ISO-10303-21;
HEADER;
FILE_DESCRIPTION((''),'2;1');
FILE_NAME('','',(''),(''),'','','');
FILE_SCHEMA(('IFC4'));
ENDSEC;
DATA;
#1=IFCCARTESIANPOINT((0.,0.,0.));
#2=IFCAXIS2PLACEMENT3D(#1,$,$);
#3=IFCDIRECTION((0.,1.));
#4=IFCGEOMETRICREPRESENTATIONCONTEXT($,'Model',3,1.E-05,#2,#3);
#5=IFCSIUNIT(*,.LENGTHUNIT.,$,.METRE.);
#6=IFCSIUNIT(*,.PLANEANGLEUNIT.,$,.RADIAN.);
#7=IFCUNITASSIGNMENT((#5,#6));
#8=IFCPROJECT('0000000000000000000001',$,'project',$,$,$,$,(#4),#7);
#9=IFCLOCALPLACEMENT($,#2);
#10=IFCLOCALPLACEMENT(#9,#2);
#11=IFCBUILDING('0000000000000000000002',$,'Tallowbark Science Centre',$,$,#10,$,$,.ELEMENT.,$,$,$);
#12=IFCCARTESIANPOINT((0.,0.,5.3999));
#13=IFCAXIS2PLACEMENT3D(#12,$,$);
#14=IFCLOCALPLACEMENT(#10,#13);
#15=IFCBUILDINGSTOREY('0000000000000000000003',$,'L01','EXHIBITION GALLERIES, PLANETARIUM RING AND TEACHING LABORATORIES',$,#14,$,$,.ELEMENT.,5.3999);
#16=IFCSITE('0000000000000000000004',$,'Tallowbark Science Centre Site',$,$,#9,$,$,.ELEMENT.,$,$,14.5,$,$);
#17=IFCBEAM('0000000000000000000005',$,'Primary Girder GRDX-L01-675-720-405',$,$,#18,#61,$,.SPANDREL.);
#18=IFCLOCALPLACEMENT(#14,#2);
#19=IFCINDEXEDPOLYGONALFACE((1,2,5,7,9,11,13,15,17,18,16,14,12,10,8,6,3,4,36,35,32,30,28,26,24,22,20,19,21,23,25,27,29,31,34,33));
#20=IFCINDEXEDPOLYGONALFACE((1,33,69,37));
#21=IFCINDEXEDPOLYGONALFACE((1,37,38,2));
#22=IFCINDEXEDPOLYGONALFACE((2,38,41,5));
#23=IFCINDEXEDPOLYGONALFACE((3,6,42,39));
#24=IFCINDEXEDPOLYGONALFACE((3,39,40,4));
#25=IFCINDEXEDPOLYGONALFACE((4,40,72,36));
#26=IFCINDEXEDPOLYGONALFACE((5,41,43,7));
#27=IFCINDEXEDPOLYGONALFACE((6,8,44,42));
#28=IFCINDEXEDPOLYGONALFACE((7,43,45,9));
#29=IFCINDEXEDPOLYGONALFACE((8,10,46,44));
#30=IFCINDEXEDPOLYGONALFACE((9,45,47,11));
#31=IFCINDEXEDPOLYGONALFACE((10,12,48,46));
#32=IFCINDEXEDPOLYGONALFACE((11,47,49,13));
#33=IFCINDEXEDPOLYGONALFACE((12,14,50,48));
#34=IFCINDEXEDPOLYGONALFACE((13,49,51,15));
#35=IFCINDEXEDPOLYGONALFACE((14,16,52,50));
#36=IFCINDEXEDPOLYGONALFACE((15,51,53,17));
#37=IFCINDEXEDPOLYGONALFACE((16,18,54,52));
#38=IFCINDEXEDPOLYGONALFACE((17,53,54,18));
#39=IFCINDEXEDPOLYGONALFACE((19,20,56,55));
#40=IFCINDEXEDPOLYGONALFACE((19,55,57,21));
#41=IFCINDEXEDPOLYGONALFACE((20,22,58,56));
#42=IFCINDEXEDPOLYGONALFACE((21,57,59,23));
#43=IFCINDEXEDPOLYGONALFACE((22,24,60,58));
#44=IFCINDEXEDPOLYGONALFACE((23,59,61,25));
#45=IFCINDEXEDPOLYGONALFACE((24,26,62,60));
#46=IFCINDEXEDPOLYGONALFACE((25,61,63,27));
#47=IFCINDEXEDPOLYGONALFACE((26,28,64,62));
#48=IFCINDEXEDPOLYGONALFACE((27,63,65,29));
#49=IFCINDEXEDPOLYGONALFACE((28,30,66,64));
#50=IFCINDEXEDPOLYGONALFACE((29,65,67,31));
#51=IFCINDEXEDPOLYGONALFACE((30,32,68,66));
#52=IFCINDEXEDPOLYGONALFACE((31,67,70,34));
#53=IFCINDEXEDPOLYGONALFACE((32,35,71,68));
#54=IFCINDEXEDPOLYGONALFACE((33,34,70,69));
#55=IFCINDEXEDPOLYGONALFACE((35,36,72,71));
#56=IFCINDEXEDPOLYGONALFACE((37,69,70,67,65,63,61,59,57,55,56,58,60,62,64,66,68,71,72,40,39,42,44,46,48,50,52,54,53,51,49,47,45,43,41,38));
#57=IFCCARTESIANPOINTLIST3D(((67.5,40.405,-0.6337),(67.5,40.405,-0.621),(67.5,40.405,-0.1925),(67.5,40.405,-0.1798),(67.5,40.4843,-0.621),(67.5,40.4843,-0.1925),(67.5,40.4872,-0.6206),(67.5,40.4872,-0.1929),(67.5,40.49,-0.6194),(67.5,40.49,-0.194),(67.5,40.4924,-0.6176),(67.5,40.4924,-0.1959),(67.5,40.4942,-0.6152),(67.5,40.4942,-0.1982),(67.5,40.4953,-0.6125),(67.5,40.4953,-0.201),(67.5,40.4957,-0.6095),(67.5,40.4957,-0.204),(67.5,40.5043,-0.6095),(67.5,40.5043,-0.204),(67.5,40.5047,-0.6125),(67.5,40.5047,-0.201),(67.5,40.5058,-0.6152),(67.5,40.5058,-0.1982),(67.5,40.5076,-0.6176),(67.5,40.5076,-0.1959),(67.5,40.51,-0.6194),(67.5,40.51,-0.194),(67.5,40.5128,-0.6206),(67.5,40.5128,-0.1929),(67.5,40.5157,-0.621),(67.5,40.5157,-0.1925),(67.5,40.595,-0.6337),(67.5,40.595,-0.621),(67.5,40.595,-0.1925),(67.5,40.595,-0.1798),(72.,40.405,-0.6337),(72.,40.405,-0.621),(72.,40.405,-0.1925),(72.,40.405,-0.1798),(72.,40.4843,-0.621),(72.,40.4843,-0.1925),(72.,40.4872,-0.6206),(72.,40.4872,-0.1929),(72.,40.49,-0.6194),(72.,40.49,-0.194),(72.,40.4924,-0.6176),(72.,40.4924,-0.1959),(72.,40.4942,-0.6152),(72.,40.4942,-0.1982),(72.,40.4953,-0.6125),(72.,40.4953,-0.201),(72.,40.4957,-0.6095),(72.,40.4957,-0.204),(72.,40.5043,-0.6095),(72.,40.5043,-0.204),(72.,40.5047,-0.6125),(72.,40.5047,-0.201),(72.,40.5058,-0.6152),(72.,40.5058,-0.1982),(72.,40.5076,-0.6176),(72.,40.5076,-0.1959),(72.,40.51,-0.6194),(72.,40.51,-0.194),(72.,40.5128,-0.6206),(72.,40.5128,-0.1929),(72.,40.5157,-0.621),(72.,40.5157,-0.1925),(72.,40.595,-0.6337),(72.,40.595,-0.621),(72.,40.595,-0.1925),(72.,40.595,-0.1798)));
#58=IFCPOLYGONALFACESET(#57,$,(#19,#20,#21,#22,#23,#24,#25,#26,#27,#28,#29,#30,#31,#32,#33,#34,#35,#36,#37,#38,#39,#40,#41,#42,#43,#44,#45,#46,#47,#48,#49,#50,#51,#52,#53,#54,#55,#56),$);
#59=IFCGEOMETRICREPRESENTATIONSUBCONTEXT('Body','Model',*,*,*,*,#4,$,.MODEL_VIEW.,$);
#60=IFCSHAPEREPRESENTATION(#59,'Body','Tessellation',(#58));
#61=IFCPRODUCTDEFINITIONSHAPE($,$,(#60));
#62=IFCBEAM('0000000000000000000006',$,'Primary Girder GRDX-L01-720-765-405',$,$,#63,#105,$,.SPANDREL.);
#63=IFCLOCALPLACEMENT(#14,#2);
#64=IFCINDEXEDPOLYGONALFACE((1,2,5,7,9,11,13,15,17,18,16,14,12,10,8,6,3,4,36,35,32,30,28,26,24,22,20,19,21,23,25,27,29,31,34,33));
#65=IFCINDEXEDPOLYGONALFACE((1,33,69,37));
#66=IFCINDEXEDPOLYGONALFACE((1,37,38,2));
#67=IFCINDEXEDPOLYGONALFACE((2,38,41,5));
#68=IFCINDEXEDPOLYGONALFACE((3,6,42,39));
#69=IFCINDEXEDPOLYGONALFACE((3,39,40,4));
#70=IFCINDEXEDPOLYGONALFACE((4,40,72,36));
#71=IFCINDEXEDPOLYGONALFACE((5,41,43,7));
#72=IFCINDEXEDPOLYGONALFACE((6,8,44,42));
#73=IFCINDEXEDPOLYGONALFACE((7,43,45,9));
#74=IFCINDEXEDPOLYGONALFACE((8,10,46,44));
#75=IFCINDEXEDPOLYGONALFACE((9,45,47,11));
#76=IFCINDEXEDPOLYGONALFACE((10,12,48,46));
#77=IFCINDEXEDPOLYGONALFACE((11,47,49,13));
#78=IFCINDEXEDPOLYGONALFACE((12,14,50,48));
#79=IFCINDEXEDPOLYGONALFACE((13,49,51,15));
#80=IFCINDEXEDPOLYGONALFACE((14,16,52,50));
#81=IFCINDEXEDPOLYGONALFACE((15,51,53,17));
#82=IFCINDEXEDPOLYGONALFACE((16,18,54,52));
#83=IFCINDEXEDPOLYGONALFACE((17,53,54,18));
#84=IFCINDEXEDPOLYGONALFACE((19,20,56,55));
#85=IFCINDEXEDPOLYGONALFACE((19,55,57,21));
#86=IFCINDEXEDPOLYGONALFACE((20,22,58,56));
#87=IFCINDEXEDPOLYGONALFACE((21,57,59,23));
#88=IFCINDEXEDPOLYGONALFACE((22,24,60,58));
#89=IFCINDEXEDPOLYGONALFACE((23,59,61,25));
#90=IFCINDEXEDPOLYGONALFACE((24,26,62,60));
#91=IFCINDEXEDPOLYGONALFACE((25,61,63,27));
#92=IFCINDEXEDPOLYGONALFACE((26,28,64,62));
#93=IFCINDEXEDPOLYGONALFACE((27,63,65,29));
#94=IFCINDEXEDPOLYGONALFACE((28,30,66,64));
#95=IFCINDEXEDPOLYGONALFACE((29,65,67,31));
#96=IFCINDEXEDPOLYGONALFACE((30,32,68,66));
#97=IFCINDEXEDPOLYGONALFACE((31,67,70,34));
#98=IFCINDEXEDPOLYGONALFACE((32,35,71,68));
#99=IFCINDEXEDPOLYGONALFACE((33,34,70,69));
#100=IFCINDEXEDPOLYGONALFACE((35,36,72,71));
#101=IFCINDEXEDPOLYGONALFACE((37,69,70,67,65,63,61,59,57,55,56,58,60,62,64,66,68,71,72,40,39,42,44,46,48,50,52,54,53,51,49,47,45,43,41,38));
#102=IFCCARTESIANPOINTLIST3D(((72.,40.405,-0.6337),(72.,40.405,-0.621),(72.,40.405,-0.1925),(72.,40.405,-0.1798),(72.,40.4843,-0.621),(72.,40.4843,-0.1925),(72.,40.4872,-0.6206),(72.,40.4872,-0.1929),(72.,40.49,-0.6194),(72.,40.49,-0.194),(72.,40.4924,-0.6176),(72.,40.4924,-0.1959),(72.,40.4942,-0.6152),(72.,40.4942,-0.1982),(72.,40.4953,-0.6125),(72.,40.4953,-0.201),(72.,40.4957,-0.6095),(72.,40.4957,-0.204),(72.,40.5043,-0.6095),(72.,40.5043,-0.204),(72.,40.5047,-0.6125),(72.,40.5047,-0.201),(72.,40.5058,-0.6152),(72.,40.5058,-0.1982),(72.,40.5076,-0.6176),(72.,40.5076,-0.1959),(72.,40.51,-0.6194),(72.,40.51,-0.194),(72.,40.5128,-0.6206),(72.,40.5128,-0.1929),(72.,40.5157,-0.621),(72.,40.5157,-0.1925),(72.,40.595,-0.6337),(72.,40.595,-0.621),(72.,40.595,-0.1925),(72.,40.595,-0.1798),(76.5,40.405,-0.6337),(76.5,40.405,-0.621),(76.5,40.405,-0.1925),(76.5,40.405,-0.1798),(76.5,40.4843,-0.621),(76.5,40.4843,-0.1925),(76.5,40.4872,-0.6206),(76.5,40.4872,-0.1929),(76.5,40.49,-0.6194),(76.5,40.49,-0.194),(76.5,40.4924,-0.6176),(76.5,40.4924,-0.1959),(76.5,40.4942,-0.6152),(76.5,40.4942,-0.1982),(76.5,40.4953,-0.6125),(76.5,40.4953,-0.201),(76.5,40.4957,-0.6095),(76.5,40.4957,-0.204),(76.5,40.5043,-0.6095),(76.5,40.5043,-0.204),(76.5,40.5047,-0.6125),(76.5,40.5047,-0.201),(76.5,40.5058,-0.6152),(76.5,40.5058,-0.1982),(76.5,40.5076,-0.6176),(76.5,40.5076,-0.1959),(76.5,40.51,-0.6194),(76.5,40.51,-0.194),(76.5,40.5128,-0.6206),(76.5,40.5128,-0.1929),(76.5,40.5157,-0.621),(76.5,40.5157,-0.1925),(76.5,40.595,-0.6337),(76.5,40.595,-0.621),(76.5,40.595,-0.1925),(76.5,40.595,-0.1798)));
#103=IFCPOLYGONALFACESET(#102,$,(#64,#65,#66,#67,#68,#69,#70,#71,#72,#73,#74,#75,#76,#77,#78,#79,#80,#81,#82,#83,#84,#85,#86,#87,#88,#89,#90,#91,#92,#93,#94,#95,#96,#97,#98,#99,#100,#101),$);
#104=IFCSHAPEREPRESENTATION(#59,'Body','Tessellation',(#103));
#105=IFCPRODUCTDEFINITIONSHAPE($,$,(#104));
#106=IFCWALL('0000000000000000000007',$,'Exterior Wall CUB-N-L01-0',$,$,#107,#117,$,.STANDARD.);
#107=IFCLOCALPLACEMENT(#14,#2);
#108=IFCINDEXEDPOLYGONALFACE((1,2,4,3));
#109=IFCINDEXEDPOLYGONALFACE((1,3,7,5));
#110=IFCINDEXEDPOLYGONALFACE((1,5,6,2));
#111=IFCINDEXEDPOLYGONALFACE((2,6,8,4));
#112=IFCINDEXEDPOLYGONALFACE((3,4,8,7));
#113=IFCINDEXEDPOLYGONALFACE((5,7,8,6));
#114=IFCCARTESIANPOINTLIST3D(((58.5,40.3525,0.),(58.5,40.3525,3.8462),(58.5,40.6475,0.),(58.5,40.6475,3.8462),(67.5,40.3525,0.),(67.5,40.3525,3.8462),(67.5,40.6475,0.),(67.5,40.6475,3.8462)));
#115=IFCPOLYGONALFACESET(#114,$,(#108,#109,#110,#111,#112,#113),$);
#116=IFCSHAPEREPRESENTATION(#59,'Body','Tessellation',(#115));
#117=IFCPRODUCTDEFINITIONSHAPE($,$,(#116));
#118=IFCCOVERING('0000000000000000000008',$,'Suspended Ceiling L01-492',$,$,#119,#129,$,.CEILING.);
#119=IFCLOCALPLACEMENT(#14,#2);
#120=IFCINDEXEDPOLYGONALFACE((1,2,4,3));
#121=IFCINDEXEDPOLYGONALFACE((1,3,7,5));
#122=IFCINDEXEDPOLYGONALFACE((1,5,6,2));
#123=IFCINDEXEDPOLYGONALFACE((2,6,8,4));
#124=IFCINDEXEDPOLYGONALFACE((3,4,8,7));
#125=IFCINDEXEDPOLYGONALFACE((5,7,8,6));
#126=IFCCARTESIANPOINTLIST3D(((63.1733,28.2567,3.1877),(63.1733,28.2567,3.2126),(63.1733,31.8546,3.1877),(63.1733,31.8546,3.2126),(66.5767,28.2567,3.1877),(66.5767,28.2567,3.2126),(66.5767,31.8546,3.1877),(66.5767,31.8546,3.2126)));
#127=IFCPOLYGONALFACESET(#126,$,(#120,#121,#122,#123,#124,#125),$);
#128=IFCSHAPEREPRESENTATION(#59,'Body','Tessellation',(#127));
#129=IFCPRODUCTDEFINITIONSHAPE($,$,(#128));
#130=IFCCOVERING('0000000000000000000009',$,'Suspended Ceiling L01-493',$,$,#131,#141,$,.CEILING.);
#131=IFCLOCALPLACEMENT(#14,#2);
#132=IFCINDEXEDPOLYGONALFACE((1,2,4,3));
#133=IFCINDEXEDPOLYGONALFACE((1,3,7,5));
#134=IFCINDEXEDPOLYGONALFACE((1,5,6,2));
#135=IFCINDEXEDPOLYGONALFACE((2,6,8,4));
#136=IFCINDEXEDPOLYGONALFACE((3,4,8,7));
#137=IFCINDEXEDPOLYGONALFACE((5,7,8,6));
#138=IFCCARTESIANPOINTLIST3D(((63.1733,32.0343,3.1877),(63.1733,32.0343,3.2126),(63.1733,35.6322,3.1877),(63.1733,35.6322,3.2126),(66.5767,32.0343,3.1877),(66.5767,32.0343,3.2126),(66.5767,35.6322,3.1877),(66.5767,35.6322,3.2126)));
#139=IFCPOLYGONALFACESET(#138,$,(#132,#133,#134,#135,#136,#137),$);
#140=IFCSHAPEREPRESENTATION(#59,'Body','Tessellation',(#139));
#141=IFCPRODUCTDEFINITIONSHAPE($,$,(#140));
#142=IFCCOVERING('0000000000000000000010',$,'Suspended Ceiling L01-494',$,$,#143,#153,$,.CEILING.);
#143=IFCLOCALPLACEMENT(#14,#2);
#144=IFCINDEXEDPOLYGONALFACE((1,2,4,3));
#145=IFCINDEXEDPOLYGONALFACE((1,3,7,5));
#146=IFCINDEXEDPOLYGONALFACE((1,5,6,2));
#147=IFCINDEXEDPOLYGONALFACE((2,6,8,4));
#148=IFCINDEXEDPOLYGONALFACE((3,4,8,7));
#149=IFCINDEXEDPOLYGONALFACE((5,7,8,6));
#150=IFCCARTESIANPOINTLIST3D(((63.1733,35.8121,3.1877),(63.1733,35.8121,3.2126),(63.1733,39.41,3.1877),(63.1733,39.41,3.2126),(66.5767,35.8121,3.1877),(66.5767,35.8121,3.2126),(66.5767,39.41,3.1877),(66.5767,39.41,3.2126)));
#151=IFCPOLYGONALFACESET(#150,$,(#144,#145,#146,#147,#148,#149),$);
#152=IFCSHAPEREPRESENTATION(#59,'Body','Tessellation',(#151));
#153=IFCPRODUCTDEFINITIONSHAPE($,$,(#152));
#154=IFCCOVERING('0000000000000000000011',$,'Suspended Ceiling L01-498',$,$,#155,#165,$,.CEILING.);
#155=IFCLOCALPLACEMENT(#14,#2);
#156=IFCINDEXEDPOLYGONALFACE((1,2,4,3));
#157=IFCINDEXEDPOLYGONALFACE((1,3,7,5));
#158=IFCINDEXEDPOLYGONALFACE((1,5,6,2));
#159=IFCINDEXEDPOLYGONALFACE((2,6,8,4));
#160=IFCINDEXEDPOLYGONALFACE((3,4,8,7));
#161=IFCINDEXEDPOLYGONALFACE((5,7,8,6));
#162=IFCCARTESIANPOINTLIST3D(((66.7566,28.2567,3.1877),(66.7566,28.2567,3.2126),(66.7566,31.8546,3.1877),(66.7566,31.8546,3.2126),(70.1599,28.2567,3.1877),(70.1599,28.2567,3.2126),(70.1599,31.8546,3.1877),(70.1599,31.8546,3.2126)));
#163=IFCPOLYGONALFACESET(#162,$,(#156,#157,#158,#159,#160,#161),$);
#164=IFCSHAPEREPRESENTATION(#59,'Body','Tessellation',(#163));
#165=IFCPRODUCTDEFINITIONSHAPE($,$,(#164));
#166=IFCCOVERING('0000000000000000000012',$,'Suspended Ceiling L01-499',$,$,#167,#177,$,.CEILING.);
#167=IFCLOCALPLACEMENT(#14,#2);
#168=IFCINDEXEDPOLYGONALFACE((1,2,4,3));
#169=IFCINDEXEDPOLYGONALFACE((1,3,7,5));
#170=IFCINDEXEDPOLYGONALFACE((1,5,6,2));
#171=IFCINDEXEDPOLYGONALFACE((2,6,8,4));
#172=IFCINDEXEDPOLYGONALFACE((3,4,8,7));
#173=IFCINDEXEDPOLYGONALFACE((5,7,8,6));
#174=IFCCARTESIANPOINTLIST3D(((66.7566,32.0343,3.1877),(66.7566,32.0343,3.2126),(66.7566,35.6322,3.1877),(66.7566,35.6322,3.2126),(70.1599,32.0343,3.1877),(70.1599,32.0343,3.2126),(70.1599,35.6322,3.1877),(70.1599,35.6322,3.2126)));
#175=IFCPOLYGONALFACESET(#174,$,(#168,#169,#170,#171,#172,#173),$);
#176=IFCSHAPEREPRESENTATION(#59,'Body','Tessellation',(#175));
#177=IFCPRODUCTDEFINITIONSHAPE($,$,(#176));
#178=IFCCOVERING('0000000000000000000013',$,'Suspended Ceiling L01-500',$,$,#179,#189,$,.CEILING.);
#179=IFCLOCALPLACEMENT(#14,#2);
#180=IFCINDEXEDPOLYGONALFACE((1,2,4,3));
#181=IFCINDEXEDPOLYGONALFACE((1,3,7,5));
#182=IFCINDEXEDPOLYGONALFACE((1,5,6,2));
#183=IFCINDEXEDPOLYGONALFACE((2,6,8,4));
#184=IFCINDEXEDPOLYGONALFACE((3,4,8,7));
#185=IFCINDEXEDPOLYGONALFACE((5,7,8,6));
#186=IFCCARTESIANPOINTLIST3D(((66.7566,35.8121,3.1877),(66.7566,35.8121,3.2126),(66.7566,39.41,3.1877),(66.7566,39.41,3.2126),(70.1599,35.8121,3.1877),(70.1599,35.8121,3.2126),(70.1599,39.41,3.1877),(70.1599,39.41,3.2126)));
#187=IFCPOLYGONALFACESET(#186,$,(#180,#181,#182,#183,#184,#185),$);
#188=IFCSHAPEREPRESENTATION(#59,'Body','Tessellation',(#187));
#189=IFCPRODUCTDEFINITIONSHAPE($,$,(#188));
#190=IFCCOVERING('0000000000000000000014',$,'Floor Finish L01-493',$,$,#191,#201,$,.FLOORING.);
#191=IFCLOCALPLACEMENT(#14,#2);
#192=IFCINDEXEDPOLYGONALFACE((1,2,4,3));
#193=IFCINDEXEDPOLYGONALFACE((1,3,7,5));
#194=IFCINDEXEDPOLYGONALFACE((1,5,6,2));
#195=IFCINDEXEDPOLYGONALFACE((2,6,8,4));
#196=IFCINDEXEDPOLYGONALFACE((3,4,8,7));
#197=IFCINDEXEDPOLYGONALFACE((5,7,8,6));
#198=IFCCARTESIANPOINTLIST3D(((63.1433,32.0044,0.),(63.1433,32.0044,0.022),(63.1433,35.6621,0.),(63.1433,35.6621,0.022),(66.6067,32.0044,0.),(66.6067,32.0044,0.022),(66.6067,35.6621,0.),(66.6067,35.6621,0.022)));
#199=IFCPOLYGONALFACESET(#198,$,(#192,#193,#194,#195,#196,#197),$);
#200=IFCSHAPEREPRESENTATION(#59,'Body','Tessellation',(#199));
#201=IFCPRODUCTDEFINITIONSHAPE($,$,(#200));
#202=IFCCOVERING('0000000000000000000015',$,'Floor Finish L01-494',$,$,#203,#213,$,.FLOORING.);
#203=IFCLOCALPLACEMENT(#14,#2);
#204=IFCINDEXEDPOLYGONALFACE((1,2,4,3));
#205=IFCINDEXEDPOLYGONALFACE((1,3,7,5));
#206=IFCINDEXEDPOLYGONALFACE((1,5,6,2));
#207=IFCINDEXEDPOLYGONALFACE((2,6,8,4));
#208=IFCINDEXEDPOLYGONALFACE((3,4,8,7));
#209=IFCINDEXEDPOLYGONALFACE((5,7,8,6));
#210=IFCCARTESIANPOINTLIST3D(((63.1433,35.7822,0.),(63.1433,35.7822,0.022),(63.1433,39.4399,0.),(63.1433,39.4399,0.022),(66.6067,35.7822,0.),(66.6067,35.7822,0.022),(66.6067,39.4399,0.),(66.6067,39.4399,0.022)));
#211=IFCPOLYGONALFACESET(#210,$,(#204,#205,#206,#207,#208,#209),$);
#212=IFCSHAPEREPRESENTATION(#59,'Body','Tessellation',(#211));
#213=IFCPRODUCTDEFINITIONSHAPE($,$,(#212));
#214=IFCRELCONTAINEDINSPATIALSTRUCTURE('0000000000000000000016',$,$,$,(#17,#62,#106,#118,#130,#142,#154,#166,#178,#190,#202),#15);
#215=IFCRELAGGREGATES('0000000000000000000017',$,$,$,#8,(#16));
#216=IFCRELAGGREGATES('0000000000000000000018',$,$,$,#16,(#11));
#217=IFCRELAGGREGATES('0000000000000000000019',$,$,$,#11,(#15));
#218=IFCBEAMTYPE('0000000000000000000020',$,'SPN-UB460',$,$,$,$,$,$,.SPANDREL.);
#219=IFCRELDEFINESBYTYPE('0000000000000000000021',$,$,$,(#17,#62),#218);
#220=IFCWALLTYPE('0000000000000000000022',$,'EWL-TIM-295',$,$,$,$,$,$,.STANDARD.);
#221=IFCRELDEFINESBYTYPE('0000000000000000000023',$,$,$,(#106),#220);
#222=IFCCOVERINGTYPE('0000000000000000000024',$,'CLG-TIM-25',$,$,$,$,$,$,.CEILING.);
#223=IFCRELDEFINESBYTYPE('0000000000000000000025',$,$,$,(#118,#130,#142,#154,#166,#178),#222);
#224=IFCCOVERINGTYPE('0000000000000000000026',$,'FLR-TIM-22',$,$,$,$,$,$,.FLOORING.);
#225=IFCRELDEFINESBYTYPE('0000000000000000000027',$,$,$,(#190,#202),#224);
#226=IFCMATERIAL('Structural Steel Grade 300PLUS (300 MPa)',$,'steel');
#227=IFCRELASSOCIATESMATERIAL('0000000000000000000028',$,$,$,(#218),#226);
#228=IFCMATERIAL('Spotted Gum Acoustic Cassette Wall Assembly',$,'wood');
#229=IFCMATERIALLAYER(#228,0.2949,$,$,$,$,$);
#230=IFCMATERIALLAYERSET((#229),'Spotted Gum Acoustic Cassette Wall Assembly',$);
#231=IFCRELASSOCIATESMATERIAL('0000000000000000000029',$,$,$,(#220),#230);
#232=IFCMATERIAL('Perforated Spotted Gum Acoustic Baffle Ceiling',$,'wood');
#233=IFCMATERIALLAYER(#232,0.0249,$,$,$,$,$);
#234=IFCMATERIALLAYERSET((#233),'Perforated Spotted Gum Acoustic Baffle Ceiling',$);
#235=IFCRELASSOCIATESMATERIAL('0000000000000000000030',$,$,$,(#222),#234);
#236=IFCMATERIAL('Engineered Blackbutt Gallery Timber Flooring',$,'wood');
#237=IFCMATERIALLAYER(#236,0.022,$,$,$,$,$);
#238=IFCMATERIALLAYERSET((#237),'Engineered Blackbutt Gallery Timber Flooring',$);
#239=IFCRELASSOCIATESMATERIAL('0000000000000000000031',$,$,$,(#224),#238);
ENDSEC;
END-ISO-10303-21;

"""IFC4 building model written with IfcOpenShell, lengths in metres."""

from ifc_helpers import new_model, si_unit, direction, frame, frame_2d, origin, origin_2d, place, context, subcontext, project, spatial, rectangle, i_section, extrude, material, layer, layer_set, material_profile, profile_set, type_object, element, save


model = new_model("IFC4")

# Units and contexts
model_context = context("Model", 3, precision=1e-05, world=origin(), true_north=direction((0.0, 1.0)))
body_context = subcontext(model_context, "Body", "Model", "MODEL_VIEW")
ifc_project = project(units=[si_unit("LENGTHUNIT", "METRE"), si_unit("PLANEANGLEUNIT", "RADIAN")], contexts=[model_context])

# Site, building, storey
site_placement = place(None, origin())
site = spatial("IfcSite", under=ifc_project, at=site_placement, Name="Tallowbark Science Centre Site", CompositionType="ELEMENT", RefElevation=14.5)
building_placement = place(site_placement, origin())
building = spatial("IfcBuilding", under=site, at=building_placement, Name="Tallowbark Science Centre", CompositionType="ELEMENT")
storey_placement = place(building_placement, frame((0.0, 0.0, 5.3999)))
storey = spatial("IfcBuildingStorey", under=building, at=storey_placement, Name="L01", Description="EXHIBITION GALLERIES, PLANETARIUM RING AND TEACHING LABORATORIES", CompositionType="ELEMENT", Elevation=5.3999)

# Shared definitions
ifc_material_1 = material(Name="Structural Steel Grade 300PLUS (300 MPa)", Category="steel")

# Beams
ifc_material_profile_1 = material_profile(ifc_material_1, i_section(OverallWidth=0.1899, OverallDepth=0.4539, WebThickness=0.0085, FlangeThickness=0.0127, FilletRadius=0.0115, at=origin_2d()), Name="460UB67.1")
ifc_profile_set_1 = profile_set([ifc_material_profile_1], Name="Structural Steel Grade 300PLUS (300 MPa)")
beam_type_1 = type_object("IfcBeamType", Name="SPN-UB460", PredefinedType="SPANDREL", material=ifc_profile_set_1)
for number, where, z_axis, x_axis, name in (
    (1, (67.5, 40.5, -0.4067), (1.0, 0.0, 0.0), (0.0, 1.0, 0.0), "Primary Girder GRDX-L01-675-720-405"),
    (2, (72.0, 40.5, -0.4067), (1.0, 0.0, 0.0), (0.0, 1.0, 0.0), "Primary Girder GRDX-L01-720-765-405"),
):
    element("IfcBeam", number, at=place(storey_placement, frame(where, z_axis=z_axis, x_axis=x_axis)), inside=storey, type_object=beam_type_1, Name=name, PredefinedType="SPANDREL", context=body_context, shape_type="SweptSolid", body=[
        extrude(i_section(OverallWidth=0.1899, OverallDepth=0.4539, WebThickness=0.0085, FlangeThickness=0.0127, FilletRadius=0.0115, at=origin_2d()), origin(), (0.0, 0.0, 1.0), 4.5),
    ])

# Wall
ifc_material_2 = material(Name="Spotted Gum Acoustic Cassette Wall Assembly", Category="wood")
ifc_layer_1 = layer(ifc_material_2, 0.2949)
ifc_layer_set_1 = layer_set([ifc_layer_1], Name="Spotted Gum Acoustic Cassette Wall Assembly")
wall_type = type_object("IfcWallType", Name="EWL-TIM-295", PredefinedType="STANDARD", material=ifc_layer_set_1)
wall_placement = place(storey_placement, frame((67.5, 40.5, 0.0), z_axis=(0.0, 0.0, 1.0), x_axis=(-1.0, 0.0, 0.0)))
element("IfcWall", 3, at=wall_placement, inside=storey, type_object=wall_type, Name="Exterior Wall CUB-N-L01-0", PredefinedType="STANDARD", context=body_context, shape_type="SweptSolid", body=[
    extrude(rectangle(XDim=9.0, YDim=0.2949, at=frame_2d((4.5, 0.0))), origin(), (0.0, 0.0, 1.0), 3.8462),
])

# Coverings
ifc_material_3 = material(Name="Perforated Spotted Gum Acoustic Baffle Ceiling", Category="wood")
ifc_layer_2 = layer(ifc_material_3, 0.0249)
ifc_layer_set_2 = layer_set([ifc_layer_2], Name="Perforated Spotted Gum Acoustic Baffle Ceiling")
covering_type_1 = type_object("IfcCoveringType", Name="CLG-TIM-25", PredefinedType="CEILING", material=ifc_layer_set_2)
for number, where, z_axis, x_axis, name in (
    (4, (64.875, 30.0557, 3.1877), (0.0, 0.0, 1.0), (1.0, 0.0, 0.0), "Suspended Ceiling L01-492"),
    (5, (64.875, 33.8333, 3.1877), (0.0, 0.0, 1.0), (1.0, 0.0, 0.0), "Suspended Ceiling L01-493"),
    (6, (64.875, 37.6111, 3.1877), (0.0, 0.0, 1.0), (1.0, 0.0, 0.0), "Suspended Ceiling L01-494"),
    (7, (68.4583, 30.0557, 3.1877), (0.0, 0.0, 1.0), (1.0, 0.0, 0.0), "Suspended Ceiling L01-498"),
    (8, (68.4583, 33.8333, 3.1877), (0.0, 0.0, 1.0), (1.0, 0.0, 0.0), "Suspended Ceiling L01-499"),
    (9, (68.4583, 37.6111, 3.1877), (0.0, 0.0, 1.0), (1.0, 0.0, 0.0), "Suspended Ceiling L01-500"),
):
    element("IfcCovering", number, at=place(storey_placement, frame(where, z_axis=z_axis, x_axis=x_axis)), inside=storey, type_object=covering_type_1, Name=name, PredefinedType="CEILING", context=body_context, shape_type="SweptSolid", body=[
        extrude(rectangle(XDim=3.4033, YDim=3.5979, at=origin_2d()), origin(), (0.0, 0.0, 1.0), 0.0249),
    ])
ifc_material_4 = material(Name="Engineered Blackbutt Gallery Timber Flooring", Category="wood")
ifc_layer_3 = layer(ifc_material_4, 0.022)
ifc_layer_set_3 = layer_set([ifc_layer_3], Name="Engineered Blackbutt Gallery Timber Flooring")
covering_type_2 = type_object("IfcCoveringType", Name="FLR-TIM-22", PredefinedType="FLOORING", material=ifc_layer_set_3)
for number, where, z_axis, x_axis, name in (
    (10, (64.875, 33.8333, 0.0), (0.0, 0.0, 1.0), (1.0, 0.0, 0.0), "Floor Finish L01-493"),
    (11, (64.875, 37.6111, 0.0), (0.0, 0.0, 1.0), (1.0, 0.0, 0.0), "Floor Finish L01-494"),
):
    element("IfcCovering", number, at=place(storey_placement, frame(where, z_axis=z_axis, x_axis=x_axis)), inside=storey, type_object=covering_type_2, Name=name, PredefinedType="FLOORING", context=body_context, shape_type="SweptSolid", body=[
        extrude(rectangle(XDim=3.4634, YDim=3.6577, at=origin_2d()), origin(), (0.0, 0.0, 1.0), 0.022),
    ])

save(model, "model.ifc")
